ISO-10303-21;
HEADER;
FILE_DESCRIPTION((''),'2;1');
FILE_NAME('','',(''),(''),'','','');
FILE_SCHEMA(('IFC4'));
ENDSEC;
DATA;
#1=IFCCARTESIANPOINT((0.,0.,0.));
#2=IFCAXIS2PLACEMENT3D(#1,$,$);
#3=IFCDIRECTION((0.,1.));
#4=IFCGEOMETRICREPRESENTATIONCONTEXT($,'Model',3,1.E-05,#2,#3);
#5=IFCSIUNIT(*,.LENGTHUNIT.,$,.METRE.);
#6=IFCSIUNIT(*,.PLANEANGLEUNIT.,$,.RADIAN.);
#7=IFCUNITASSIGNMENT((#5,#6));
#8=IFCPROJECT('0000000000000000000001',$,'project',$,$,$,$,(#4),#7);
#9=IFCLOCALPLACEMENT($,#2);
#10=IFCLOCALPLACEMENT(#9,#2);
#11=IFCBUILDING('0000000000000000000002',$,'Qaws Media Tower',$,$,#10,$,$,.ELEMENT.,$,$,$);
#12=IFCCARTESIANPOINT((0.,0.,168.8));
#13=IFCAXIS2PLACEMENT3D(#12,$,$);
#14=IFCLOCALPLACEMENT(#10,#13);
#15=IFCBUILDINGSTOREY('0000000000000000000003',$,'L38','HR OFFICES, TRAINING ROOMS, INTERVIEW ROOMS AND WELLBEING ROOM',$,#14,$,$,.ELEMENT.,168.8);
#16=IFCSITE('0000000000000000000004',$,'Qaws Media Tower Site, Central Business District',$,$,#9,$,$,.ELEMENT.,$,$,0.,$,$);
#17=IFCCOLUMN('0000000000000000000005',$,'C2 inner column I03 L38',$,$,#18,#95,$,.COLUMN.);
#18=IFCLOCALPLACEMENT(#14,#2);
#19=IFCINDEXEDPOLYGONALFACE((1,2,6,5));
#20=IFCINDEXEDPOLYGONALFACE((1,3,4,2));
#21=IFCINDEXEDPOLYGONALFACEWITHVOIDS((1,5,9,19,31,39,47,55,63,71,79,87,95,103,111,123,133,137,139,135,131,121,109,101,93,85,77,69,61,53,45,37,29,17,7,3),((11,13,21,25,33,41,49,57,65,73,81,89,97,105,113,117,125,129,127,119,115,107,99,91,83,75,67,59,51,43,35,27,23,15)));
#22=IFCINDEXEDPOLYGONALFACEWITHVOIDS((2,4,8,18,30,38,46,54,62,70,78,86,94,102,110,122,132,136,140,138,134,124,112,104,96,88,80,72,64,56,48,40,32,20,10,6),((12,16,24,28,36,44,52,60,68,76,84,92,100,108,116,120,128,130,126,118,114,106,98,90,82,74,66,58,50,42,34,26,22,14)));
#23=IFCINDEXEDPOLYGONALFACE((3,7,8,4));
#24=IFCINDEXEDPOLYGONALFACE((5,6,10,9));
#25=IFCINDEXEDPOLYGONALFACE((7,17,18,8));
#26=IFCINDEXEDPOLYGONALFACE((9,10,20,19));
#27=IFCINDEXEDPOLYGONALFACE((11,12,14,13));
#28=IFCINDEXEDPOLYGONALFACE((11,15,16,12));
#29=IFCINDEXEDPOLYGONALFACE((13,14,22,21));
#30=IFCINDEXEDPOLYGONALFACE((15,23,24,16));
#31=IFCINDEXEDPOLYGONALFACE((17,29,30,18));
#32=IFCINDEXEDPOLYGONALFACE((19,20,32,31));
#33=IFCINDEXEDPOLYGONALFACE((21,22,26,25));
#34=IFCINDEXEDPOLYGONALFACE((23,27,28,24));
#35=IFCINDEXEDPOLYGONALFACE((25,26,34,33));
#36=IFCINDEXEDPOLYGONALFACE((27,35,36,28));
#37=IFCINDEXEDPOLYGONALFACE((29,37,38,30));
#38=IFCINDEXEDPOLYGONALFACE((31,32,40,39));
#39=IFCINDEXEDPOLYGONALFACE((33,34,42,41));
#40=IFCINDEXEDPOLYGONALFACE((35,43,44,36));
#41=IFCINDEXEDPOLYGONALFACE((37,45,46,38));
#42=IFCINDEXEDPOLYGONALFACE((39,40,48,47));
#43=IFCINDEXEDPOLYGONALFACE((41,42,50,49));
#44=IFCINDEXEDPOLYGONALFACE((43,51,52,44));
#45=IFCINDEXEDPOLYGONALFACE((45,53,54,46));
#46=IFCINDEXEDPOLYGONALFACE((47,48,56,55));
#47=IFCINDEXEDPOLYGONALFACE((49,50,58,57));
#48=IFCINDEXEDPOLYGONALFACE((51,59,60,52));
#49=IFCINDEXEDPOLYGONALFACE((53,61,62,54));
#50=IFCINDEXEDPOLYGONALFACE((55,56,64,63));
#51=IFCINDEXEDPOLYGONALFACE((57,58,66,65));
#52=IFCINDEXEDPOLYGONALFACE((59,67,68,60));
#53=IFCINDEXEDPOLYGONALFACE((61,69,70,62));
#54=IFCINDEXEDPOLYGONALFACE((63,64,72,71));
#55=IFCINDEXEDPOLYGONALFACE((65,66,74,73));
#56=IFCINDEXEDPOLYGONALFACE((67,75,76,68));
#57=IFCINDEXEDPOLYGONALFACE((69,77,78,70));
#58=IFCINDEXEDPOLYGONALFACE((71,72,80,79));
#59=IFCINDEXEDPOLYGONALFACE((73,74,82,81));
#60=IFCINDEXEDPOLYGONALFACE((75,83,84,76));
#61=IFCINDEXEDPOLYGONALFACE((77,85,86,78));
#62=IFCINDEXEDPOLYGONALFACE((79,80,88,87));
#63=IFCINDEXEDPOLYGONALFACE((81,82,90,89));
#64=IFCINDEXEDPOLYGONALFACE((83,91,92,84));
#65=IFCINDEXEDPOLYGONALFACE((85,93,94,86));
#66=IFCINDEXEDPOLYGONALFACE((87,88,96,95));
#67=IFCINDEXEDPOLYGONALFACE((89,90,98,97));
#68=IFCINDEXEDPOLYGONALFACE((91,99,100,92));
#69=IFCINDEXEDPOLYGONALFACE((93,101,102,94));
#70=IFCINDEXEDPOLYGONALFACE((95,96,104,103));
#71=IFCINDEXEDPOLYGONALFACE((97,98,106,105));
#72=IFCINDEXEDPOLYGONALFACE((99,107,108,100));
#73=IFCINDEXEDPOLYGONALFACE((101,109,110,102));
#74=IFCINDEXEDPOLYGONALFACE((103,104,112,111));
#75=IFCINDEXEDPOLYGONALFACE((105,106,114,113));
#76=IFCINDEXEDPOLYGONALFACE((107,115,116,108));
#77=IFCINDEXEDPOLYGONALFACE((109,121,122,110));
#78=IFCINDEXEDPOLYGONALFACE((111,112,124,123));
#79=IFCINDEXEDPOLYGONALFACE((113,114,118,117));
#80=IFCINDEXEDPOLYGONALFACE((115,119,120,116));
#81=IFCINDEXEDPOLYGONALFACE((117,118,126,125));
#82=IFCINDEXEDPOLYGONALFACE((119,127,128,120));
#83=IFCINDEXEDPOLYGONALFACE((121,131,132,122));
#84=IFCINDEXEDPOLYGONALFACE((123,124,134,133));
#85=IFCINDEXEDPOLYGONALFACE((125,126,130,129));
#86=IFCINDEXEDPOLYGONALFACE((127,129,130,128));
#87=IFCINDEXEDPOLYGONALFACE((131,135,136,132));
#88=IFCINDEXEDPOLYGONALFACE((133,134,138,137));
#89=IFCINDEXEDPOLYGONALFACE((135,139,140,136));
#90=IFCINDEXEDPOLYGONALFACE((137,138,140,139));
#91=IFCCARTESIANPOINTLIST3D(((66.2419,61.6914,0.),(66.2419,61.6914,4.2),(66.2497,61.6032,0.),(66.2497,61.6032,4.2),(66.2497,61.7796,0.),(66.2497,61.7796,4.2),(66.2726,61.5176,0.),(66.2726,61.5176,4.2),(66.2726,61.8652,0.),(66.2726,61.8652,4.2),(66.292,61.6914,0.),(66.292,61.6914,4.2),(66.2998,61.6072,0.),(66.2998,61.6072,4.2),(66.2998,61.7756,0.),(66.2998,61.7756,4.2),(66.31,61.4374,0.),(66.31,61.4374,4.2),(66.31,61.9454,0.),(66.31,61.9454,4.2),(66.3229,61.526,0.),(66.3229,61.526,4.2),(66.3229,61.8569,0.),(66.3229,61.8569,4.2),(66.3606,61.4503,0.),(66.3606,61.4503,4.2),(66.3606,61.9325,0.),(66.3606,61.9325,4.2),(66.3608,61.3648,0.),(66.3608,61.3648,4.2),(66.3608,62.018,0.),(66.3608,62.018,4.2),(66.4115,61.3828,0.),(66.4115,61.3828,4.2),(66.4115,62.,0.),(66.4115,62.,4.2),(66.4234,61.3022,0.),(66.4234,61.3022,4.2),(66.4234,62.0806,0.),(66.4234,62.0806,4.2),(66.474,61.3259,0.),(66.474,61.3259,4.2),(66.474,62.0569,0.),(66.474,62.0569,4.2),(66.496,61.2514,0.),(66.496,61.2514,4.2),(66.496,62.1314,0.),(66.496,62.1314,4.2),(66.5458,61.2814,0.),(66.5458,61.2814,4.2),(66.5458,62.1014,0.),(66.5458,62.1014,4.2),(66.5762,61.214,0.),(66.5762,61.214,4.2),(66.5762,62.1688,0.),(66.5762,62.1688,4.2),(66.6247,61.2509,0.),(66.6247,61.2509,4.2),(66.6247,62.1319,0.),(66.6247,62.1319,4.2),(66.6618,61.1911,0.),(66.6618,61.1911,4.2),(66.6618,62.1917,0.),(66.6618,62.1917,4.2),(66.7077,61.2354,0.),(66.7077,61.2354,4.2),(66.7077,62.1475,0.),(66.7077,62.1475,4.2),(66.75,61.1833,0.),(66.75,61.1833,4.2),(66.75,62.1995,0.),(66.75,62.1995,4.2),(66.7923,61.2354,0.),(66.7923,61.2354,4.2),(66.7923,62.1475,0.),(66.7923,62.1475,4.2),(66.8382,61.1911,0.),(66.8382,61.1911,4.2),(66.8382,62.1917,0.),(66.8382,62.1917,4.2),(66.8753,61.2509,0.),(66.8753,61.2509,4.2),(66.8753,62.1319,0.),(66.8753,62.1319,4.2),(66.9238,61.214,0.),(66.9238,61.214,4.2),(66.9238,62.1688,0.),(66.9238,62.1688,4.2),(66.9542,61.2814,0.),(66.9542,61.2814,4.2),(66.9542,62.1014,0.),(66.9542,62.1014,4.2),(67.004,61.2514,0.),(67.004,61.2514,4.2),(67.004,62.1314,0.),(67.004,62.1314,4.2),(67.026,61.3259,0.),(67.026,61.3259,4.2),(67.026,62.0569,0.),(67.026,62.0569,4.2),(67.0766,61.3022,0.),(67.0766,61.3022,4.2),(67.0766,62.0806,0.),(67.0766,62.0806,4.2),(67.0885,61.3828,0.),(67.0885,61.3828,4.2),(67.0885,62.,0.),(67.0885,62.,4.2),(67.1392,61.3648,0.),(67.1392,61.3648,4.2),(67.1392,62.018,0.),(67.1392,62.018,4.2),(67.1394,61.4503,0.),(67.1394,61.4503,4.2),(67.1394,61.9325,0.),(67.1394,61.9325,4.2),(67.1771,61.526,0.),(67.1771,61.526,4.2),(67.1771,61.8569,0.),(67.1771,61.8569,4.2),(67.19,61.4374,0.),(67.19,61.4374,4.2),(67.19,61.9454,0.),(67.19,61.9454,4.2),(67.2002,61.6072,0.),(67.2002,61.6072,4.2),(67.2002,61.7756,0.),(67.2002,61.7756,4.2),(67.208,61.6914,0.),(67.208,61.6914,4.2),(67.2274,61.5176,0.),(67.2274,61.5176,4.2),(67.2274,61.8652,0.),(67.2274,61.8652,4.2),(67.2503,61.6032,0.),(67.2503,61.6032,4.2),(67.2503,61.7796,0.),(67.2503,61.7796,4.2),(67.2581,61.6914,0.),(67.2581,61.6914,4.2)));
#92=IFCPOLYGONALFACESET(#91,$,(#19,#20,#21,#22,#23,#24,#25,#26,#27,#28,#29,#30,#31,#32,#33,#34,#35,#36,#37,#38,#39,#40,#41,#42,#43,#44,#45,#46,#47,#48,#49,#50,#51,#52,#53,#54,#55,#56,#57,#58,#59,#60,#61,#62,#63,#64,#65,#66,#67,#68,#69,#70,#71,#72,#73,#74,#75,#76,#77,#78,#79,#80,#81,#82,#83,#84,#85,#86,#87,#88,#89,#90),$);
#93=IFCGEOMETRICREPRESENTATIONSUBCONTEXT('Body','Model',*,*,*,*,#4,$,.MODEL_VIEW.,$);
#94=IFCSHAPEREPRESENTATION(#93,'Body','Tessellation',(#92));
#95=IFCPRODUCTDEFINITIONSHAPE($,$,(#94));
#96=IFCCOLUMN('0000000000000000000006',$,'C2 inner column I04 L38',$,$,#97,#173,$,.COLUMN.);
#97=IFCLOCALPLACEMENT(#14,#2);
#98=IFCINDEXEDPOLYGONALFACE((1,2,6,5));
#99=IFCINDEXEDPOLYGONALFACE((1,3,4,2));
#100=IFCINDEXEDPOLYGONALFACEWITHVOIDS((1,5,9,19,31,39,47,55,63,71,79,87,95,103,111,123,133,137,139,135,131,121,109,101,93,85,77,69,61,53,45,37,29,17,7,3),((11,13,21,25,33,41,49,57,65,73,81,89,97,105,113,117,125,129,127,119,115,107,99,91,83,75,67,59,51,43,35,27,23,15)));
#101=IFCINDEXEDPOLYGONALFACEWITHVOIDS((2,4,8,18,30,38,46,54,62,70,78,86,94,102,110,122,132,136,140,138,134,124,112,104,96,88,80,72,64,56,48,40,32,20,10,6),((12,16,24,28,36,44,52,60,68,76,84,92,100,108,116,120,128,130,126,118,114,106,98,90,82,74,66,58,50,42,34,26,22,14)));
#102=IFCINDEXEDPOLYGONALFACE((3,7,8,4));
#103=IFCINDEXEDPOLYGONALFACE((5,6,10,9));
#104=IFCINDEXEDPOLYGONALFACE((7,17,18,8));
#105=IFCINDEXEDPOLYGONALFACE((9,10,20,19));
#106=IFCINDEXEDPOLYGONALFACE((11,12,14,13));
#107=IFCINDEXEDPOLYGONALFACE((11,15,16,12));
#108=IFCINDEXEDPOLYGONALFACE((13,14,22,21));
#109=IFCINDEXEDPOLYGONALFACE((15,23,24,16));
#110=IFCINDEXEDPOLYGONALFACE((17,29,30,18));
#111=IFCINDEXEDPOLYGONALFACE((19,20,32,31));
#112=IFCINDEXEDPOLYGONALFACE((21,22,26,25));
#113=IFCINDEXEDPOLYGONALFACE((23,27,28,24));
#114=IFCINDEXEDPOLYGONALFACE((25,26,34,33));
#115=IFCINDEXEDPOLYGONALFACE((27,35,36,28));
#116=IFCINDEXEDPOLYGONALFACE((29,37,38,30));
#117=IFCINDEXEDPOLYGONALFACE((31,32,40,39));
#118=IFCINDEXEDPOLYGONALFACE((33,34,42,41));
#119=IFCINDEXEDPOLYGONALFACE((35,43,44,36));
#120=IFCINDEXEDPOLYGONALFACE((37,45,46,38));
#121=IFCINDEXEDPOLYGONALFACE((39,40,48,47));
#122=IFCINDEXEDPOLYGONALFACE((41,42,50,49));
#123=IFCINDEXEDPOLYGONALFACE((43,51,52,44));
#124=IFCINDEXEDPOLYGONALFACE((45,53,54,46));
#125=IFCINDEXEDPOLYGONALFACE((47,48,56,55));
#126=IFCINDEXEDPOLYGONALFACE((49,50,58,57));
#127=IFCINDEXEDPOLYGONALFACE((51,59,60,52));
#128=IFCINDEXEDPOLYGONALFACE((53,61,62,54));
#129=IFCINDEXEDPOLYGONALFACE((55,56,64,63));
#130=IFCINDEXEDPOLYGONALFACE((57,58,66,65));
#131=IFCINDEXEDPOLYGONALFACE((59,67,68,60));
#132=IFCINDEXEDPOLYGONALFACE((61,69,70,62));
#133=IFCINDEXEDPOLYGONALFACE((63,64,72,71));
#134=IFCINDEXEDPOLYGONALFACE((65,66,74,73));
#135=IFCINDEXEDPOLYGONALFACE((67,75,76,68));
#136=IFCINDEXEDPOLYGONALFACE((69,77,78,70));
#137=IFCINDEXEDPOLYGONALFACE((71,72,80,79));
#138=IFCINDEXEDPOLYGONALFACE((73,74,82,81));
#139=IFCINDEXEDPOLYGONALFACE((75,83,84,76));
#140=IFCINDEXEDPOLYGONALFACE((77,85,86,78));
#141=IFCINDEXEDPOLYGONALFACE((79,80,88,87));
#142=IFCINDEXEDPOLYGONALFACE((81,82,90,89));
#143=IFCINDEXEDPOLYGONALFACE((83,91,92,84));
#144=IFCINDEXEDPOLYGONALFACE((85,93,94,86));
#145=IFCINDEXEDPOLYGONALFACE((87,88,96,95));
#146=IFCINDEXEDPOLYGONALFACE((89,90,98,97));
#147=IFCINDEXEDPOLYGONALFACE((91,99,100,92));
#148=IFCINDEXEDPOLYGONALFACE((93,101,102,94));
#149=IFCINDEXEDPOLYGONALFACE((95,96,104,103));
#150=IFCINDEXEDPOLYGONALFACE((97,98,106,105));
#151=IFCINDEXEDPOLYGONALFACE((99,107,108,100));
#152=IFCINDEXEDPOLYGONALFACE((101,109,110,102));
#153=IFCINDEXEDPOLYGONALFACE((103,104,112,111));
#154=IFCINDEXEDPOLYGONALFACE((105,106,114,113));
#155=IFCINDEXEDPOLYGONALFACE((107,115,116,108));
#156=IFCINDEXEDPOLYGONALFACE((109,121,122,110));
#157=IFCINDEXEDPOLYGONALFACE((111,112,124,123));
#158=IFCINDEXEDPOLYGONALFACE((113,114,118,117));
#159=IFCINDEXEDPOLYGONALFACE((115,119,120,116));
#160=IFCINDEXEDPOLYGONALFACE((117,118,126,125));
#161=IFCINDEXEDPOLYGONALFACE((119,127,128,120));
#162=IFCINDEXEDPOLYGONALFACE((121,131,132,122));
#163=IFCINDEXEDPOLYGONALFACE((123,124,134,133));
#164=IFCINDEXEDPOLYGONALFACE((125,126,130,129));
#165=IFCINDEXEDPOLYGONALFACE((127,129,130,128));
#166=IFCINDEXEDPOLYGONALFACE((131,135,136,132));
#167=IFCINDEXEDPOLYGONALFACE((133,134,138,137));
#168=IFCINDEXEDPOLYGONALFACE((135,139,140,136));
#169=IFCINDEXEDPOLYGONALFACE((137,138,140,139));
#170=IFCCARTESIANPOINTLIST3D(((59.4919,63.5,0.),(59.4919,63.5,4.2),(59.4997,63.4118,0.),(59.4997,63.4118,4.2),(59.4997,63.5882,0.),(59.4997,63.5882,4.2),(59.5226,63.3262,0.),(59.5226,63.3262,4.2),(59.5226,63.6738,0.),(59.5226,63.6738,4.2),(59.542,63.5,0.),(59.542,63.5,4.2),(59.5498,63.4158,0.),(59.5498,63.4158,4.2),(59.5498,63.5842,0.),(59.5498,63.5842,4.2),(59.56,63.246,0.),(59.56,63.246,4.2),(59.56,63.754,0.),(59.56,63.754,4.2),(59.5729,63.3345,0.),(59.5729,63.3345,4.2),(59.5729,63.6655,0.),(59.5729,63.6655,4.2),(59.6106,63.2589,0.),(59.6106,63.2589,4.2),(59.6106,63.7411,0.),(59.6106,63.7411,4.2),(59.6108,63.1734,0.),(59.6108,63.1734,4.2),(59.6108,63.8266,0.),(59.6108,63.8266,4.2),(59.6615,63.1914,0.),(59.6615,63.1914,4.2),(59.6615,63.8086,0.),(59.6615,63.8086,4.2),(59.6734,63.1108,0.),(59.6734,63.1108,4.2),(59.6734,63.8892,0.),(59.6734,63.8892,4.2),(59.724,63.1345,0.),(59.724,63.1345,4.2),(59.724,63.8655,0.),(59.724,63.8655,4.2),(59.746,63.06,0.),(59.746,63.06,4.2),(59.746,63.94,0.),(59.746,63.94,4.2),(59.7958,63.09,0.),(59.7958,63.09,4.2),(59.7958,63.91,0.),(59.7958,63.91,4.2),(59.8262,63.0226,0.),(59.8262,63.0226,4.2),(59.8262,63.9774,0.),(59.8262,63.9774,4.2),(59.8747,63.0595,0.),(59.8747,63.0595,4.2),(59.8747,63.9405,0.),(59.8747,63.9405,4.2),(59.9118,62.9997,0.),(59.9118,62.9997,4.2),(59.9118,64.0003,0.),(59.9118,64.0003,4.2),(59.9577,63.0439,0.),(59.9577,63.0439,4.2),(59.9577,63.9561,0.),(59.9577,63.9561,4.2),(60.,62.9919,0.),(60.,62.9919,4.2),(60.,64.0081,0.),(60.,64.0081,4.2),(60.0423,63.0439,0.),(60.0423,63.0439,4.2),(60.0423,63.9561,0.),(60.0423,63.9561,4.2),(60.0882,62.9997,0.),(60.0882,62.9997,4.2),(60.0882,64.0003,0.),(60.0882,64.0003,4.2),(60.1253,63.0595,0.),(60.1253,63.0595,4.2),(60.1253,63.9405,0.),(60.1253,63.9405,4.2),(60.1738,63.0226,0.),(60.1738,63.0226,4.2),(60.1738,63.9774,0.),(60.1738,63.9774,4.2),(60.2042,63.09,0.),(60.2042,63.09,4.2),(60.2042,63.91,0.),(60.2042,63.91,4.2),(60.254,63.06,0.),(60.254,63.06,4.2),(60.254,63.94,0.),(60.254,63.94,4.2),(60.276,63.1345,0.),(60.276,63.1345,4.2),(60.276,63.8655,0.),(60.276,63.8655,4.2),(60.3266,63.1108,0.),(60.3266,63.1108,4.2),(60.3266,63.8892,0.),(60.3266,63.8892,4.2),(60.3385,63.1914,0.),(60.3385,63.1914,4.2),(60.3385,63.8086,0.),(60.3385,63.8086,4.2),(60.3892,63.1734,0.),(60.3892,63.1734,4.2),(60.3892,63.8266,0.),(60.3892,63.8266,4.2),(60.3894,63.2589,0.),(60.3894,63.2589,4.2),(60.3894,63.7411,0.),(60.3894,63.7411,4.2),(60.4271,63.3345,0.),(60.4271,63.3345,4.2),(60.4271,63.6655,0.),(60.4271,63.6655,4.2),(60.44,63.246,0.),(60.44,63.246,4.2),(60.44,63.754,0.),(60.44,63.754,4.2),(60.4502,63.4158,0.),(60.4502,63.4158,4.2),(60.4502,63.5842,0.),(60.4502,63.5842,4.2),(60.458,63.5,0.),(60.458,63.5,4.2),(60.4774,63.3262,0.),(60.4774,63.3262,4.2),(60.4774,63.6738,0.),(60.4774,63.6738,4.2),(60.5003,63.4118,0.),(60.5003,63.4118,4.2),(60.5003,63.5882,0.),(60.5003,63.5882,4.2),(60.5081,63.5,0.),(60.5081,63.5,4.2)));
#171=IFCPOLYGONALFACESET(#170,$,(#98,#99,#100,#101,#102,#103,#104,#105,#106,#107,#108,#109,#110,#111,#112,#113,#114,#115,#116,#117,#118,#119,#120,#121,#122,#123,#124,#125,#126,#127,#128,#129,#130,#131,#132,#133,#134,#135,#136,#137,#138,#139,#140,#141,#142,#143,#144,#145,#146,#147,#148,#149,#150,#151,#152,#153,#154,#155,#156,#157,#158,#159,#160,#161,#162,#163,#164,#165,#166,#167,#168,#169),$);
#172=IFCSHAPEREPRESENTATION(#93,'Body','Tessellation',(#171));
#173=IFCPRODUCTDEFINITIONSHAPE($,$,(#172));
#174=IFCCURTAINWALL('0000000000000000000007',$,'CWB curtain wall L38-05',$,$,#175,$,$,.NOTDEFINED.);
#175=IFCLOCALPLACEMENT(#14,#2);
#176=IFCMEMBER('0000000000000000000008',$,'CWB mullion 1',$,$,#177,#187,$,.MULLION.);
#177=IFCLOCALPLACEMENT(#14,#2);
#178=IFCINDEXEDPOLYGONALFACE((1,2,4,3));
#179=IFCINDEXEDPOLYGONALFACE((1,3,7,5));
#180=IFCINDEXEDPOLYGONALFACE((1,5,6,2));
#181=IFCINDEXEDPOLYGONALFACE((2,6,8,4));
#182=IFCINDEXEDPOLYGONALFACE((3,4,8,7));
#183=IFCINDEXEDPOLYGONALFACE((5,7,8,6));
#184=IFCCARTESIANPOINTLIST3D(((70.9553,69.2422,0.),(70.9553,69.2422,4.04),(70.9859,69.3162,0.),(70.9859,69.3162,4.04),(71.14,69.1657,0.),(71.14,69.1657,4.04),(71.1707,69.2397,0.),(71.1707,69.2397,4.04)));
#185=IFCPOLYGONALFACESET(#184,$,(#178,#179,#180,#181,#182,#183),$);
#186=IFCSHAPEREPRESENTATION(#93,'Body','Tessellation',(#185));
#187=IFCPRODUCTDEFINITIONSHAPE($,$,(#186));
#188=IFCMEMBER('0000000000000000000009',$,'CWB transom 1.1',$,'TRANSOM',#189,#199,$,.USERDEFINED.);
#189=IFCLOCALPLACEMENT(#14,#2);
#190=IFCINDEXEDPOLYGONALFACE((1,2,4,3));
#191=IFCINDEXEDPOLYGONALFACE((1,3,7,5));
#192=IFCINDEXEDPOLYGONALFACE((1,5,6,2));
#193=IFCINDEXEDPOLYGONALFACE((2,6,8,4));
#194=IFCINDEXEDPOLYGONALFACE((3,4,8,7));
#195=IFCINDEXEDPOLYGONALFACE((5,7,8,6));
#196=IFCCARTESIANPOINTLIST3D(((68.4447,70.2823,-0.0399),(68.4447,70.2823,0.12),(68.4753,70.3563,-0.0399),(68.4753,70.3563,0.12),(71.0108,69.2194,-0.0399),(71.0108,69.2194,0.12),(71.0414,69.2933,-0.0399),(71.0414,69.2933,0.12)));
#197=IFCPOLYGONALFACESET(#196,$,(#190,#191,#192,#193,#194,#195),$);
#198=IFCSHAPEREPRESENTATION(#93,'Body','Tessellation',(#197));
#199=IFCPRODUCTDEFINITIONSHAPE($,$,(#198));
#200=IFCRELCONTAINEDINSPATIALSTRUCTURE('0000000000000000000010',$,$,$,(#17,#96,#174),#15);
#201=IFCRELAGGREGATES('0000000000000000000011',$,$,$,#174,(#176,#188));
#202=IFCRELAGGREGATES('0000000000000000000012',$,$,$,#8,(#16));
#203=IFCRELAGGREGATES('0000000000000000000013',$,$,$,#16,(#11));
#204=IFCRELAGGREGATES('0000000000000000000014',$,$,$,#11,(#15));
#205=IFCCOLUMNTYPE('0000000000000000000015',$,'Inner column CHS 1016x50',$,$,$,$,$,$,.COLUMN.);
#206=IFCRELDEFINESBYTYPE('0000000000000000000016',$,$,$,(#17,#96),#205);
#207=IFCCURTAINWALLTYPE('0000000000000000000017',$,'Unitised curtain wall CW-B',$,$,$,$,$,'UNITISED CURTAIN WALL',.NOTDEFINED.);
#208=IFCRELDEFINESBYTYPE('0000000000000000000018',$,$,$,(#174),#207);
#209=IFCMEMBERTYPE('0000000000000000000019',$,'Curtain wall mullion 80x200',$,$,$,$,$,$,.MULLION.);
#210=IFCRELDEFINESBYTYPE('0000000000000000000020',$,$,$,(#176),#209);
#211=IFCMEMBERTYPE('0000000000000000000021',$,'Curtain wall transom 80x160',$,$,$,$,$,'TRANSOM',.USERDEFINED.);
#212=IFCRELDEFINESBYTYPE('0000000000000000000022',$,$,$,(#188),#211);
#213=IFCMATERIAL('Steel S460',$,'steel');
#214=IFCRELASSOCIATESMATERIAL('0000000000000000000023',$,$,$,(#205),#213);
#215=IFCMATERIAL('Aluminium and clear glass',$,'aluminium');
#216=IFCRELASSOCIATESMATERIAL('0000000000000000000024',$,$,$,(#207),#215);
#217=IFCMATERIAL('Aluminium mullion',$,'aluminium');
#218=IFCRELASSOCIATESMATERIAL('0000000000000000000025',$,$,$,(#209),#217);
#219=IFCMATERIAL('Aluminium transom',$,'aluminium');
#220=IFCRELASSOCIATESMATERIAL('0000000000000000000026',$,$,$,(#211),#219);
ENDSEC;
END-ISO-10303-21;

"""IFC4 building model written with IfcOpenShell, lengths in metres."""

from ifc_helpers import new_model, si_unit, direction, frame, origin, origin_2d, place, context, subcontext, project, spatial, rectangle, hollow_circle, extrude, material, material_profile, profile_set, type_object, element, aggregate, save


model = new_model("IFC4")

# Units and contexts
model_context = context("Model", 3, precision=1e-05, world=origin(), true_north=direction((0.0, 1.0)))
body_context = subcontext(model_context, "Body", "Model", "MODEL_VIEW")
ifc_project = project(units=[si_unit("LENGTHUNIT", "METRE"), si_unit("PLANEANGLEUNIT", "RADIAN")], contexts=[model_context])

# Site, building, storey
site_placement = place(None, origin())
site = spatial("IfcSite", under=ifc_project, at=site_placement, Name="Qaws Media Tower Site, Central Business District", CompositionType="ELEMENT", RefElevation=0.0)
building_placement = place(site_placement, origin())
building = spatial("IfcBuilding", under=site, at=building_placement, Name="Qaws Media Tower", CompositionType="ELEMENT")
storey_placement = place(building_placement, frame((0.0, 0.0, 168.8)))
storey = spatial("IfcBuildingStorey", under=building, at=storey_placement, Name="L38", Description="HR OFFICES, TRAINING ROOMS, INTERVIEW ROOMS AND WELLBEING ROOM", CompositionType="ELEMENT", Elevation=168.8)

# Columns
ifc_material_1 = material(Name="Steel S460", Category="steel")
ifc_material_profile_1 = material_profile(ifc_material_1, hollow_circle(Radius=0.5081, WallThickness=0.05, at=origin_2d()), Name="CHS 1016x50")
ifc_profile_set_1 = profile_set([ifc_material_profile_1], Name="Steel S460")
column_type = type_object("IfcColumnType", Name="Inner column CHS 1016x50", PredefinedType="COLUMN", material=ifc_profile_set_1)
for number, where, z_axis, x_axis, name in (
    (1, (66.75, 61.6914, 0.0), (0.0, 0.0, 1.0), (1.0, 0.0, 0.0), "C2 inner column I03 L38"),
    (2, (60.0, 63.5, 0.0), (0.0, 0.0, 1.0), (1.0, 0.0, 0.0), "C2 inner column I04 L38"),
):
    element("IfcColumn", number, at=place(storey_placement, frame(where, z_axis=z_axis, x_axis=x_axis)), inside=storey, type_object=column_type, Name=name, PredefinedType="COLUMN", context=body_context, shape_type="SweptSolid", body=[
        extrude(hollow_circle(Radius=0.5081, WallThickness=0.05, at=origin_2d()), origin(), (0.0, 0.0, 1.0), 4.2),
    ])

# Curtain wall, members
ifc_material_2 = material(Name="Aluminium and clear glass", Category="aluminium")
curtain_wall_type = type_object("IfcCurtainWallType", Name="Unitised curtain wall CW-B", ElementType="UNITISED CURTAIN WALL", PredefinedType="NOTDEFINED", material=ifc_material_2)
curtain_wall_placement = place(storey_placement, origin())
curtain_wall = element("IfcCurtainWall", 3, at=curtain_wall_placement, inside=storey, type_object=curtain_wall_type, Name="CWB curtain wall L38-05", PredefinedType="NOTDEFINED")
ifc_material_3 = material(Name="Aluminium mullion", Category="aluminium")
ifc_material_profile_2 = material_profile(ifc_material_3, rectangle(XDim=0.0801, YDim=0.2, at=origin_2d()), Name="80x200")
ifc_profile_set_2 = profile_set([ifc_material_profile_2], Name="Aluminium mullion")
member_type_1 = type_object("IfcMemberType", Name="Curtain wall mullion 80x200", PredefinedType="MULLION", material=ifc_profile_set_2)
member_1_placement = place(storey_placement, frame((71.063, 69.241, 0.0), z_axis=(0.0, 0.0, 1.0), x_axis=(-0.382683, -0.92388, 0.0)))
member_1 = element("IfcMember", 4, at=member_1_placement, type_object=member_type_1, Name="CWB mullion 1", PredefinedType="MULLION", context=body_context, shape_type="SweptSolid", body=[
    extrude(rectangle(XDim=0.0801, YDim=0.2, at=origin_2d()), origin(), (0.0, 0.0, 1.0), 4.04),
])
ifc_material_4 = material(Name="Aluminium transom", Category="aluminium")
ifc_material_profile_3 = material_profile(ifc_material_4, rectangle(XDim=0.0801, YDim=0.1599, at=origin_2d()), Name="80x160")
ifc_profile_set_3 = profile_set([ifc_material_profile_3], Name="Aluminium transom")
member_type_2 = type_object("IfcMemberType", Name="Curtain wall transom 80x160", ElementType="TRANSOM", PredefinedType="USERDEFINED", material=ifc_profile_set_3)
member_2_placement = place(storey_placement, frame((71.0261, 69.2563, 0.04), z_axis=(-0.923873, 0.382699, 0.0), x_axis=(-0.382699, -0.923873, 0.0)))
member_2 = element("IfcMember", 5, at=member_2_placement, type_object=member_type_2, Name="CWB transom 1.1", ObjectType="TRANSOM", PredefinedType="USERDEFINED", context=body_context, shape_type="SweptSolid", body=[
    extrude(rectangle(XDim=0.0801, YDim=0.1599, at=origin_2d()), origin(), (0.0, 0.0, 1.0), 2.7776),
])
aggregate(curtain_wall, [member_1, member_2])

save(model, "model.ifc")
